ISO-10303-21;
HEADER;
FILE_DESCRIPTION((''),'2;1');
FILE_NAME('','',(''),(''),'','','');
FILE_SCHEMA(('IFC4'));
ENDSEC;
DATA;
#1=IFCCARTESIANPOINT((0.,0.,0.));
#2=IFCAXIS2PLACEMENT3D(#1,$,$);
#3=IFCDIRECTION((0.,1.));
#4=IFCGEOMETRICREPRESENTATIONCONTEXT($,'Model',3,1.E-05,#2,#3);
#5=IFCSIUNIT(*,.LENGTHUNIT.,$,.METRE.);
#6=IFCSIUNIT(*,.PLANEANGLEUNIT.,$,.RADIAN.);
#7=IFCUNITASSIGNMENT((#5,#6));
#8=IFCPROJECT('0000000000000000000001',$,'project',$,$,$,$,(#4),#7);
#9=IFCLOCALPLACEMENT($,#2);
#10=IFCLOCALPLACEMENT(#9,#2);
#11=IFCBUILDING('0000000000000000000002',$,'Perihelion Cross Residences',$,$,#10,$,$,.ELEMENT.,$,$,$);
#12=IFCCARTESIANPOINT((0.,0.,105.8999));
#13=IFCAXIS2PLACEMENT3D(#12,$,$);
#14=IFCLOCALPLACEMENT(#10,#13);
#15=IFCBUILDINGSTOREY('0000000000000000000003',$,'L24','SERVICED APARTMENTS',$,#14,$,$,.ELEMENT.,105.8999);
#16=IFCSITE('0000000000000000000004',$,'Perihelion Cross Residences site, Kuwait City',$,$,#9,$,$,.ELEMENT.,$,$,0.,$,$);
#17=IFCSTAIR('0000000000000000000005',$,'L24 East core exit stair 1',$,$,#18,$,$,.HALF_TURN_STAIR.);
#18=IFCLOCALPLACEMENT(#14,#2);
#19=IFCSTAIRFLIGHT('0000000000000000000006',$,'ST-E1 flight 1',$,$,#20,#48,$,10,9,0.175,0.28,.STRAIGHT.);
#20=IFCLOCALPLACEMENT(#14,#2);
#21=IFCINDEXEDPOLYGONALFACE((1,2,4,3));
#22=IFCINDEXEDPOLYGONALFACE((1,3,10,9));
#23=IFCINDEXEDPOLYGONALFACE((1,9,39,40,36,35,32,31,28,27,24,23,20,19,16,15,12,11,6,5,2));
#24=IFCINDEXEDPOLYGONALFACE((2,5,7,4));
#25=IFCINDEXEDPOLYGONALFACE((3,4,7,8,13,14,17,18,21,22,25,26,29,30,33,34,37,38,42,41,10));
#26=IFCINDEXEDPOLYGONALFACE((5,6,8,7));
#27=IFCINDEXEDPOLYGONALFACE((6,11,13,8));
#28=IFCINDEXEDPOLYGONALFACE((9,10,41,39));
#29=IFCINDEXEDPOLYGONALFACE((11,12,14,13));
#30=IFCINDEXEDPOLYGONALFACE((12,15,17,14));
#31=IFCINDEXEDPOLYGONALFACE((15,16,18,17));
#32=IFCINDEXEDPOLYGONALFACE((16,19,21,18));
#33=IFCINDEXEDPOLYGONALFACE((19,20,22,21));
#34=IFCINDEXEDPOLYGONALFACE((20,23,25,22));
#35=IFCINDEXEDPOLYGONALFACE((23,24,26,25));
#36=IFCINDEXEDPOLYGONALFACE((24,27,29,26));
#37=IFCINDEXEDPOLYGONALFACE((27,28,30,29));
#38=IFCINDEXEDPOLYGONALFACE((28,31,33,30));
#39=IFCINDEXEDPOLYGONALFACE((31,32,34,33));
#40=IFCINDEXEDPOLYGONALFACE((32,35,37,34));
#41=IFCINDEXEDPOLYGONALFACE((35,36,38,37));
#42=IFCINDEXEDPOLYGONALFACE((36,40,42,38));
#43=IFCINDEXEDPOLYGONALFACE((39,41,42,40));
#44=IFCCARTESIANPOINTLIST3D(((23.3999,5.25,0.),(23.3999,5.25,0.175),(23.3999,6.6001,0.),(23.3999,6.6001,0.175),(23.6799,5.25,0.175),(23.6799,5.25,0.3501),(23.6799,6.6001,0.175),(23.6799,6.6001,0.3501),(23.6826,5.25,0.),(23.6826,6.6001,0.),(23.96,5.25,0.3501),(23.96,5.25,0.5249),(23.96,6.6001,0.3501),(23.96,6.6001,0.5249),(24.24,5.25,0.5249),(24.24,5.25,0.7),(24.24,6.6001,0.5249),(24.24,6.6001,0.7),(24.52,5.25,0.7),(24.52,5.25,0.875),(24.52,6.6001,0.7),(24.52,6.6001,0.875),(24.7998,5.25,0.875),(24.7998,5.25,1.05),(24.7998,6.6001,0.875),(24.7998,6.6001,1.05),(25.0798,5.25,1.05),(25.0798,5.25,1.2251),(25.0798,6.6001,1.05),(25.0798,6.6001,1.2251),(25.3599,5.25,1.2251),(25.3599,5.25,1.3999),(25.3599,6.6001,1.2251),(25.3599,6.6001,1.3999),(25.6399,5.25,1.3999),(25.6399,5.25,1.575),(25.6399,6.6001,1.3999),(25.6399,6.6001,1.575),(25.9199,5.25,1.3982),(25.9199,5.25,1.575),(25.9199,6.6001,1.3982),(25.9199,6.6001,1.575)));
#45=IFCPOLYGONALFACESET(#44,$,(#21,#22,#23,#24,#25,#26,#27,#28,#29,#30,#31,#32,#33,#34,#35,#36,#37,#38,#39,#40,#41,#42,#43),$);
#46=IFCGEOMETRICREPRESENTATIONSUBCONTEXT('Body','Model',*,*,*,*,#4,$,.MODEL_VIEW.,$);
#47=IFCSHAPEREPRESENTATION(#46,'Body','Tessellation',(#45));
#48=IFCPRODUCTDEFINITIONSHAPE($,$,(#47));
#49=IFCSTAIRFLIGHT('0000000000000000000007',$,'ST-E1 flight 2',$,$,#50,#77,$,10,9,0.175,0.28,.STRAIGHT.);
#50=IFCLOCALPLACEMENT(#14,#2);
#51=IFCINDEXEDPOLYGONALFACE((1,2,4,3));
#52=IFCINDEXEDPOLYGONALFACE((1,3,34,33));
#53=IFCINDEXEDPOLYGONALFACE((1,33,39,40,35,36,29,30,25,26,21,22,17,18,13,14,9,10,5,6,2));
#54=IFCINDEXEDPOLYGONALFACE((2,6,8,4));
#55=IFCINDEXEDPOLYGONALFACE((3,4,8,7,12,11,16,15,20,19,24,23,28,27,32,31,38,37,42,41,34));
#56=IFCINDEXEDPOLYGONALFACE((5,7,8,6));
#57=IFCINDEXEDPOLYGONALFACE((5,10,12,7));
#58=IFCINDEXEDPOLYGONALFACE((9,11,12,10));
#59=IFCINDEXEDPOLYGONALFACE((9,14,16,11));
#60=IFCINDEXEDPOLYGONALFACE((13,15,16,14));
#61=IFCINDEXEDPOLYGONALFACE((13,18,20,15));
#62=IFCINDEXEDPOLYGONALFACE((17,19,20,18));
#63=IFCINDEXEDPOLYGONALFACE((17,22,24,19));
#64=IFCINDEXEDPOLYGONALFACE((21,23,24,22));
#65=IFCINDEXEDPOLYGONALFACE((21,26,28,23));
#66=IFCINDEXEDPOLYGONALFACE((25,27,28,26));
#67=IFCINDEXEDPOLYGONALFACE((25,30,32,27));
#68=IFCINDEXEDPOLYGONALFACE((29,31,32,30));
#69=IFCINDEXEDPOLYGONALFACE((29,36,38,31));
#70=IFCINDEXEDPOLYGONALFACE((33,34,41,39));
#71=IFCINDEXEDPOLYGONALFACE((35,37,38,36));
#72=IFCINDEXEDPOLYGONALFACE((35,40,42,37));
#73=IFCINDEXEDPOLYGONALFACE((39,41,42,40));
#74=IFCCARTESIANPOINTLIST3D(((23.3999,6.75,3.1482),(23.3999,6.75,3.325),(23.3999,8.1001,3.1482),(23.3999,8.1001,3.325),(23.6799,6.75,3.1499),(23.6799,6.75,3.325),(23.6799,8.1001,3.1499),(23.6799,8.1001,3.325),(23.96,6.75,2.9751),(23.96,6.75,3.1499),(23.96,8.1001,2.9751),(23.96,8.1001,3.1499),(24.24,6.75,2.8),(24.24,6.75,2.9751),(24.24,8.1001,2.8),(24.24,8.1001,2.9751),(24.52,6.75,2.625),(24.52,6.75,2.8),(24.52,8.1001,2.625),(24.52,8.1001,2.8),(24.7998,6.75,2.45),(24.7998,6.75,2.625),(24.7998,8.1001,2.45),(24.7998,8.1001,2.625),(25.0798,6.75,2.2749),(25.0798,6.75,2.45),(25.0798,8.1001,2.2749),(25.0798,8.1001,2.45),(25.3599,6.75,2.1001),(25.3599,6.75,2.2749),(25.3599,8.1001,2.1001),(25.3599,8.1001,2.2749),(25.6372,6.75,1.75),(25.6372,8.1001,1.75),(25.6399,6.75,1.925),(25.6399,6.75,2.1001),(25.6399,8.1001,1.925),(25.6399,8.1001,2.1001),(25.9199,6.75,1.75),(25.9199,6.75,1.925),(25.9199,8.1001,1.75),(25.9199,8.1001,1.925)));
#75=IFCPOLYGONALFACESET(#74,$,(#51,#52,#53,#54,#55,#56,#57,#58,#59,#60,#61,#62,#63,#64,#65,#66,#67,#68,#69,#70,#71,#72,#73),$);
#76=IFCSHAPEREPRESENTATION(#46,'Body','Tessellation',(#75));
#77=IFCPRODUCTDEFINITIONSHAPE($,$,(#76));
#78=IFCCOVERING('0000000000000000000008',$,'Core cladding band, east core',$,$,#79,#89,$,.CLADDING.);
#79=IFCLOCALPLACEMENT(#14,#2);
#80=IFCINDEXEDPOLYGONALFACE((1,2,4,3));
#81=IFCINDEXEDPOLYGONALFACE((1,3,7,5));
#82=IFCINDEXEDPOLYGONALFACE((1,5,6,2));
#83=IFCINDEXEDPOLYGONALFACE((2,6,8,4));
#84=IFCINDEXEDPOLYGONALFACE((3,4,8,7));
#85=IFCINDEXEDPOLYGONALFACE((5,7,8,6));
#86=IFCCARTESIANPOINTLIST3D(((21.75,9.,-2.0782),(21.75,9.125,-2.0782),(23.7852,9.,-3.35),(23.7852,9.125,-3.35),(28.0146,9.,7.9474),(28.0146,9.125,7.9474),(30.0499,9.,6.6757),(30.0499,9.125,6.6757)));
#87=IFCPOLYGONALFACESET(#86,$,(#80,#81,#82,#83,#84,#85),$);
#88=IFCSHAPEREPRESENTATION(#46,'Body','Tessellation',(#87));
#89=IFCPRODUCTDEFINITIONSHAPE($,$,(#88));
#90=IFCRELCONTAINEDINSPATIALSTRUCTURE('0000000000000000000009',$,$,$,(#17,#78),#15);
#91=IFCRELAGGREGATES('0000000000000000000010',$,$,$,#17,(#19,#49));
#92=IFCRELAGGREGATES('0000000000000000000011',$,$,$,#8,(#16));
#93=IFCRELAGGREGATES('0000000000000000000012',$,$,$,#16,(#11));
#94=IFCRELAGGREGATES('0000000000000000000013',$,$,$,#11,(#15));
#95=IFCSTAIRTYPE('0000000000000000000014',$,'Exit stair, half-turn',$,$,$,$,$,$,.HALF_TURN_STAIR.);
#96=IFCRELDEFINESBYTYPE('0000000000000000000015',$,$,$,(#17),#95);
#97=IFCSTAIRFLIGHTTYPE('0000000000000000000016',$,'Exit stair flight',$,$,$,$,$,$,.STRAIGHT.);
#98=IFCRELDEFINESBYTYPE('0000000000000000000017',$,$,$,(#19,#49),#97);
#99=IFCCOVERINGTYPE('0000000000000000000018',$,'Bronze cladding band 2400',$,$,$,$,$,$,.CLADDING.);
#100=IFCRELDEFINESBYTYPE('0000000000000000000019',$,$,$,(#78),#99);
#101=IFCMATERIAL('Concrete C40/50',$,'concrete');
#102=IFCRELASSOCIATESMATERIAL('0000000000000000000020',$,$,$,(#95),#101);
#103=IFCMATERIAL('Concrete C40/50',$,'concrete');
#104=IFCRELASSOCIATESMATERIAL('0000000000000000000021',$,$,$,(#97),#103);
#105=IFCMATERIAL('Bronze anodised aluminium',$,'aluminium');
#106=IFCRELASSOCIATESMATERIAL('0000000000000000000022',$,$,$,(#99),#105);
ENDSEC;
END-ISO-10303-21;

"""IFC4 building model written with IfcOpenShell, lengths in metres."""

from ifc_helpers import new_model, si_unit, direction, frame, origin, origin_2d, place, context, subcontext, project, spatial, polyline, rectangle, outline, extrude, material, material_profile, profile_set, type_object, element, aggregate, save


model = new_model("IFC4")

# Units and contexts
model_context = context("Model", 3, precision=1e-05, world=origin(), true_north=direction((0.0, 1.0)))
body_context = subcontext(model_context, "Body", "Model", "MODEL_VIEW")
ifc_project = project(units=[si_unit("LENGTHUNIT", "METRE"), si_unit("PLANEANGLEUNIT", "RADIAN")], contexts=[model_context])

# Site, building, storey
site_placement = place(None, origin())
site = spatial("IfcSite", under=ifc_project, at=site_placement, Name="Perihelion Cross Residences site, Kuwait City", CompositionType="ELEMENT", RefElevation=0.0)
building_placement = place(site_placement, origin())
building = spatial("IfcBuilding", under=site, at=building_placement, Name="Perihelion Cross Residences", CompositionType="ELEMENT")
storey_placement = place(building_placement, frame((0.0, 0.0, 105.8999)))
storey = spatial("IfcBuildingStorey", under=building, at=storey_placement, Name="L24", Description="SERVICED APARTMENTS", CompositionType="ELEMENT", Elevation=105.8999)

# Stair, stair flights
ifc_material_1 = material(Name="Concrete C40/50", Category="concrete")
stair_type = type_object("IfcStairType", Name="Exit stair, half-turn", PredefinedType="HALF_TURN_STAIR", material=ifc_material_1)
stair_placement = place(storey_placement, origin())
stair = element("IfcStair", 1, at=stair_placement, inside=storey, type_object=stair_type, Name="L24 East core exit stair 1", PredefinedType="HALF_TURN_STAIR")
ifc_material_2 = material(Name="Concrete C40/50", Category="concrete")
stair_flight_type = type_object("IfcStairFlightType", Name="Exit stair flight", PredefinedType="STRAIGHT", material=ifc_material_2)
stair_flight_1_placement = place(storey_placement, frame((23.3999, 5.925, 0.0), z_axis=(0.0, 0.0, 1.0), x_axis=(1.0, 0.0, 0.0)))
stair_flight_1 = element("IfcStairFlight", 2, at=stair_flight_1_placement, type_object=stair_flight_type, Name="ST-E1 flight 1", NumberOfRisers=10, NumberOfTreads=9, PredefinedType="STRAIGHT", RiserHeight=0.175, TreadLength=0.28, context=body_context, shape_type="SweptSolid", body=[
    extrude(outline(polyline([(0.0, 0.0), (0.0, 0.175), (0.28, 0.175), (0.28, 0.3501), (0.5601, 0.3501), (0.5601, 0.5249), (0.8401, 0.5249), (0.8401, 0.7), (1.1201, 0.7), (1.1201, 0.875), (1.3999, 0.875), (1.3999, 1.05), (1.6799, 1.05), (1.6799, 1.2251), (1.96, 1.2251), (1.96, 1.3999), (2.24, 1.3999), (2.24, 1.575), (2.52, 1.575), (2.52, 1.75), (2.52, 1.3982), (0.2827, 0.0), (0.0, 0.0)])), frame((0.0, 0.675, 0.0), z_axis=(0.0, -1.0, 0.0), x_axis=(1.0, 0.0, 0.0)), (0.0, 0.0, 1.0), 1.3501),
])
stair_flight_2_placement = place(storey_placement, frame((25.9199, 7.425, 1.75), z_axis=(0.0, 0.0, 1.0), x_axis=(-1.0, 0.0, 0.0)))
stair_flight_2 = element("IfcStairFlight", 3, at=stair_flight_2_placement, type_object=stair_flight_type, Name="ST-E1 flight 2", NumberOfRisers=10, NumberOfTreads=9, PredefinedType="STRAIGHT", RiserHeight=0.175, TreadLength=0.28, context=body_context, shape_type="SweptSolid", body=[
    extrude(outline(polyline([(0.0, 0.0), (0.0, 0.175), (0.28, 0.175), (0.28, 0.3501), (0.5601, 0.3501), (0.5601, 0.5249), (0.8401, 0.5249), (0.8401, 0.7), (1.1201, 0.7), (1.1201, 0.875), (1.3999, 0.875), (1.3999, 1.05), (1.6799, 1.05), (1.6799, 1.2251), (1.96, 1.2251), (1.96, 1.3999), (2.24, 1.3999), (2.24, 1.575), (2.52, 1.575), (2.52, 1.75), (2.52, 1.3982), (0.2827, 0.0), (0.0, 0.0)])), frame((0.0, 0.675, 0.0), z_axis=(0.0, -1.0, 0.0), x_axis=(1.0, 0.0, 0.0)), (0.0, 0.0, 1.0), 1.3501),
])
aggregate(stair, [stair_flight_1, stair_flight_2])

# Covering
ifc_material_3 = material(Name="Bronze anodised aluminium", Category="aluminium")
ifc_material_profile = material_profile(ifc_material_3, rectangle(XDim=0.125, YDim=2.3999, at=origin_2d()), Name="Bronze cladding band 2400")
ifc_profile_set = profile_set([ifc_material_profile], Name="Bronze anodised aluminium")
covering_type = type_object("IfcCoveringType", Name="Bronze cladding band 2400", PredefinedType="CLADDING", material=ifc_profile_set)
covering_placement = place(storey_placement, frame((22.7676, 9.0625, -2.7141), z_axis=(0.529915, 0.0, 0.848051), x_axis=(0.0, 1.0, 0.0)))
element("IfcCovering", 4, at=covering_placement, inside=storey, type_object=covering_type, Name="Core cladding band, east core", PredefinedType="CLADDING", context=body_context, shape_type="SweptSolid", body=[
    extrude(rectangle(XDim=0.125, YDim=2.3999, at=origin_2d()), origin(), (0.0, 0.0, 1.0), 11.822),
])

save(model, "model.ifc")
